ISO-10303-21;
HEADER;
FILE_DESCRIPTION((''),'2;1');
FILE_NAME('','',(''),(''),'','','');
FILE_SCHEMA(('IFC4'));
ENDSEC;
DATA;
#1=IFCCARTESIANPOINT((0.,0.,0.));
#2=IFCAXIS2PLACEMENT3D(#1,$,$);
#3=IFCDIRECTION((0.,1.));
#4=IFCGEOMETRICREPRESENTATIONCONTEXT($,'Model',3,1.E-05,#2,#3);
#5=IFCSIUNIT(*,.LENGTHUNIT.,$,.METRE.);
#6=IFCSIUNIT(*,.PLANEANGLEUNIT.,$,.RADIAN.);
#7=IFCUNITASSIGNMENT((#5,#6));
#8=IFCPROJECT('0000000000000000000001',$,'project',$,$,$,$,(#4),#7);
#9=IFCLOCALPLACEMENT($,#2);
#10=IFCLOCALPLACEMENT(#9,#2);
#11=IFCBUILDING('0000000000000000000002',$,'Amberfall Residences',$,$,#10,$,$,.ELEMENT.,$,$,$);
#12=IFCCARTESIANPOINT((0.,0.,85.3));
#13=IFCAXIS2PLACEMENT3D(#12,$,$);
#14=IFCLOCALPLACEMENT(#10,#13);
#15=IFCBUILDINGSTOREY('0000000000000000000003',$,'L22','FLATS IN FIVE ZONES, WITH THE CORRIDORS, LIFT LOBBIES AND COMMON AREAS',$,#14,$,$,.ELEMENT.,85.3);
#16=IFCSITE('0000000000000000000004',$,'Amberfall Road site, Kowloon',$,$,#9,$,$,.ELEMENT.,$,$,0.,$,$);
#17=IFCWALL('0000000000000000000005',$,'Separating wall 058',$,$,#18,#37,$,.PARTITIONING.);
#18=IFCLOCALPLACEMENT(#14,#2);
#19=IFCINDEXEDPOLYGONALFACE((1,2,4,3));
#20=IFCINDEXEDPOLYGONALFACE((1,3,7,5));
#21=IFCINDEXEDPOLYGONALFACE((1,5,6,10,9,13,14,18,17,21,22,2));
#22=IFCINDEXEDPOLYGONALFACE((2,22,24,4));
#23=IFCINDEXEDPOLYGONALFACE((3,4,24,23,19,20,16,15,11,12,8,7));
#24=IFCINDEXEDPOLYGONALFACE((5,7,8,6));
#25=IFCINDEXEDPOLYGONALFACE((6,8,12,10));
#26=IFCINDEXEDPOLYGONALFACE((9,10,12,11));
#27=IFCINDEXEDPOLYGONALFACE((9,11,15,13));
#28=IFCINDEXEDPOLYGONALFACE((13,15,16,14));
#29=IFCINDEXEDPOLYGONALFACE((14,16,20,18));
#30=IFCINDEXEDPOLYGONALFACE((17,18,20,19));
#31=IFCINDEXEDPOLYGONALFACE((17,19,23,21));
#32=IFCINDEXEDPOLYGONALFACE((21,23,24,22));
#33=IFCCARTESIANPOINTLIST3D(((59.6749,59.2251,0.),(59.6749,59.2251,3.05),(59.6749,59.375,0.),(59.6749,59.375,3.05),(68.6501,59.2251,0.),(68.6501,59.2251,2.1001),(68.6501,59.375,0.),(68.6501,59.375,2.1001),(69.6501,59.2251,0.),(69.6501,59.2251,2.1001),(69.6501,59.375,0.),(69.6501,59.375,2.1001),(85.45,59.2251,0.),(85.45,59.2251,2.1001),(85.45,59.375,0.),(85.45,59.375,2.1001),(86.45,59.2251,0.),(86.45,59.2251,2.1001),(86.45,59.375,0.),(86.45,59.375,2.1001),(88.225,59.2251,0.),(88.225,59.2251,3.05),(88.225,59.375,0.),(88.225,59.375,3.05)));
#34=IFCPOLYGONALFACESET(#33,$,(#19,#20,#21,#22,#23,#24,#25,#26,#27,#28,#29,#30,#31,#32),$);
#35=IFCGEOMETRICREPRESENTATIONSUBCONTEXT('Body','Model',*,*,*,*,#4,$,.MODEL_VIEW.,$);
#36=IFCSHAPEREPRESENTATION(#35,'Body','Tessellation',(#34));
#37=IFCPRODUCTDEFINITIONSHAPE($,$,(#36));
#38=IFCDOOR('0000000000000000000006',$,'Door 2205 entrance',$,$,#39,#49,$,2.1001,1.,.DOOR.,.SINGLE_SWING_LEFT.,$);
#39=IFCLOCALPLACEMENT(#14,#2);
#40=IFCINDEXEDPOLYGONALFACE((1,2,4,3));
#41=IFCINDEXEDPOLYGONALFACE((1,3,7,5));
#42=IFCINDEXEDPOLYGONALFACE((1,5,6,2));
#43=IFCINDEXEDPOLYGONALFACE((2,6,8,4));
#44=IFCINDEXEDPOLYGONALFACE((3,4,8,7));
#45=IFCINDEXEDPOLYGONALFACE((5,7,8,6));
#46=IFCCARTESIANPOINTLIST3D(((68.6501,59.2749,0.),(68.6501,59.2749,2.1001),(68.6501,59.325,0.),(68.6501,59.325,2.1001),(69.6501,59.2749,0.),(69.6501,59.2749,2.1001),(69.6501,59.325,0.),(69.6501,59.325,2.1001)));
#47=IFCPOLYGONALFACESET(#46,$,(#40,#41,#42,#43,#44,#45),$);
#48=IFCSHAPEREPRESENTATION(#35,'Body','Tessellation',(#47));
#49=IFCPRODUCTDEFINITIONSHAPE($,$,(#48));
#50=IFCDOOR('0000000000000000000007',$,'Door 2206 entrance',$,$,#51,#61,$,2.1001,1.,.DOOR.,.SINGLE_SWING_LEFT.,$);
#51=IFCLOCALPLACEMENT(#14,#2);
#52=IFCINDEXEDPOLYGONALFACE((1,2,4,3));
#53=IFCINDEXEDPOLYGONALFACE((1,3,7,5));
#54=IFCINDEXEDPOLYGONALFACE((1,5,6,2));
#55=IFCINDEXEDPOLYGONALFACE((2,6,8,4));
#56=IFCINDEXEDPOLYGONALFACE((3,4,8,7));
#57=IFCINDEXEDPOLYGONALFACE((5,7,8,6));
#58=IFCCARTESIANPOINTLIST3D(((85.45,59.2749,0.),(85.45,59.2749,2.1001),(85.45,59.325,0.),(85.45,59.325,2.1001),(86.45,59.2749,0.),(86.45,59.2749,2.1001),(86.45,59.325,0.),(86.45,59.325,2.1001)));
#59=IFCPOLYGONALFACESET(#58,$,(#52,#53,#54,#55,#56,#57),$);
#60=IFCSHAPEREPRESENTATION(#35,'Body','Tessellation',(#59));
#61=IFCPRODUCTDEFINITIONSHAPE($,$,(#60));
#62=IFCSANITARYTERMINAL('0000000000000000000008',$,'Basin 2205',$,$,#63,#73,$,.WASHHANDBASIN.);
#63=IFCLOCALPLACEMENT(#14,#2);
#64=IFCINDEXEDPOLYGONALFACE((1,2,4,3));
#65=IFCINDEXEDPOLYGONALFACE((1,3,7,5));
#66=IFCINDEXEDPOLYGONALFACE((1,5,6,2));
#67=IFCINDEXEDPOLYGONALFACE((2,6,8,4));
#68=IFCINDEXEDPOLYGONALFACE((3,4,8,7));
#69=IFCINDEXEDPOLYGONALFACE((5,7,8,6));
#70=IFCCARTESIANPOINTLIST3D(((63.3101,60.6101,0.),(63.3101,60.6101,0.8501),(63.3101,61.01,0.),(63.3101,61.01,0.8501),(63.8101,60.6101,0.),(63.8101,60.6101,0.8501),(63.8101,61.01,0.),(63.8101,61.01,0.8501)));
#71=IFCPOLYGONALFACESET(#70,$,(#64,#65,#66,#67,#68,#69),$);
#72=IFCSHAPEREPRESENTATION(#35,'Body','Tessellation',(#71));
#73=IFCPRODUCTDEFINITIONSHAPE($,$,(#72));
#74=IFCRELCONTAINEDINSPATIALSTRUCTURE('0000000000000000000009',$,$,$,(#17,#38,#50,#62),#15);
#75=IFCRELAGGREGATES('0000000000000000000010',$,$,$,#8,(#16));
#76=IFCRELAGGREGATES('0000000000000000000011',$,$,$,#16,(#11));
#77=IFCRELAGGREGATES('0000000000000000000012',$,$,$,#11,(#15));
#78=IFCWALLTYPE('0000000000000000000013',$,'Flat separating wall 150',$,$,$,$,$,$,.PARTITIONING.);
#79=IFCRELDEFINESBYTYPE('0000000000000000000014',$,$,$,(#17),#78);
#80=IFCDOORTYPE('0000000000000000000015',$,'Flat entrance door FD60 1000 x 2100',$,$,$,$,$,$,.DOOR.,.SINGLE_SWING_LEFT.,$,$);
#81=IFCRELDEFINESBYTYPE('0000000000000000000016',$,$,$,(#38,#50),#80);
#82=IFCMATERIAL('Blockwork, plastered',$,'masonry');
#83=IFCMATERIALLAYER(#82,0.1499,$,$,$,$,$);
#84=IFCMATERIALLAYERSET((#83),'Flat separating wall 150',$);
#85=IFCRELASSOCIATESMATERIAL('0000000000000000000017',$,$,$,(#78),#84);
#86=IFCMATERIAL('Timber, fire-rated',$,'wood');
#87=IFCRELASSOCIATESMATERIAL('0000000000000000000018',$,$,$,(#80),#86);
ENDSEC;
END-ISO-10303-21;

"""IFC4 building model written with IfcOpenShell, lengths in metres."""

from ifc_helpers import new_model, si_unit, direction, frame, frame_2d, origin, origin_2d, place, context, subcontext, project, spatial, rectangle, extrude, material, layer, layer_set, type_object, element, fill, save


model = new_model("IFC4")

# Units and contexts
model_context = context("Model", 3, precision=1e-05, world=origin(), true_north=direction((0.0, 1.0)))
body_context = subcontext(model_context, "Body", "Model", "MODEL_VIEW")
ifc_project = project(units=[si_unit("LENGTHUNIT", "METRE"), si_unit("PLANEANGLEUNIT", "RADIAN")], contexts=[model_context])

# Site, building, storey
site_placement = place(None, origin())
site = spatial("IfcSite", under=ifc_project, at=site_placement, Name="Amberfall Road site, Kowloon", CompositionType="ELEMENT", RefElevation=0.0)
building_placement = place(site_placement, origin())
building = spatial("IfcBuilding", under=site, at=building_placement, Name="Amberfall Residences", CompositionType="ELEMENT")
storey_placement = place(building_placement, frame((0.0, 0.0, 85.3)))
storey = spatial("IfcBuildingStorey", under=building, at=storey_placement, Name="L22", Description="FLATS IN FIVE ZONES, WITH THE CORRIDORS, LIFT LOBBIES AND COMMON AREAS", CompositionType="ELEMENT", Elevation=85.3)

# Shared definitions
ifc_material_1 = material(Name="Blockwork, plastered", Category="masonry")
ifc_layer_1 = layer(ifc_material_1, 0.1499)
ifc_layer_set_1 = layer_set([ifc_layer_1], Name="Flat separating wall 150")
wall_type_1 = type_object("IfcWallType", Name="Flat separating wall 150", PredefinedType="PARTITIONING", material=ifc_layer_set_1)

# Wall, openings, doors
wall_1_placement = place(storey_placement, frame((59.675, 59.3, 0.0), z_axis=(0.0, 0.0, 1.0), x_axis=(1.0, 0.0, 0.0)))
wall_1 = element("IfcWall", 1, at=wall_1_placement, inside=storey, type_object=wall_type_1, Name="Separating wall 058", PredefinedType="PARTITIONING", context=body_context, shape_type="SweptSolid", body=[
    extrude(rectangle(XDim=28.55, YDim=0.1499, at=frame_2d((14.2749, 0.0))), origin(), (0.0, 0.0, 1.0), 3.05),
])
opening_1_placement = place(wall_1_placement, frame((8.9751, 0.0, 0.0)))
opening_1 = element("IfcOpeningElement", 2, at=opening_1_placement, cuts=wall_1, PredefinedType="OPENING", context=body_context, shape_type="SweptSolid", body=[
    extrude(rectangle(XDim=1.0, YDim=2.1001, at=frame_2d((0.5, 1.05))), frame((0.0, 0.085, 0.0), z_axis=(0.0, -1.0, 0.0), x_axis=(1.0, 0.0, 0.0)), (0.0, 0.0, 1.0), 0.1699),
])
opening_2_placement = place(wall_1_placement, frame((25.7749, 0.0, 0.0)))
opening_2 = element("IfcOpeningElement", 3, at=opening_2_placement, cuts=wall_1, PredefinedType="OPENING", context=body_context, shape_type="SweptSolid", body=[
    extrude(rectangle(XDim=1.0, YDim=2.1001, at=frame_2d((0.5, 1.05))), frame((0.0, 0.085, 0.0), z_axis=(0.0, -1.0, 0.0), x_axis=(1.0, 0.0, 0.0)), (0.0, 0.0, 1.0), 0.1699),
])
ifc_material_2 = material(Name="Timber, fire-rated", Category="wood")
door_type_1 = type_object("IfcDoorType", Name="Flat entrance door FD60 1000 x 2100", OperationType="SINGLE_SWING_LEFT", PredefinedType="DOOR", material=ifc_material_2)
door_1_placement = place(opening_1_placement, origin())
door_1 = element("IfcDoor", 4, at=door_1_placement, inside=storey, type_object=door_type_1, Name="Door 2205 entrance", OperationType="SINGLE_SWING_LEFT", OverallHeight=2.1001, OverallWidth=1.0, PredefinedType="DOOR", context=body_context, shape_type="SweptSolid", body=[
    extrude(rectangle(XDim=1.0, YDim=2.1001, at=frame_2d((0.5, 1.05))), frame((0.0, 0.0249, 0.0), z_axis=(0.0, -1.0, 0.0), x_axis=(1.0, 0.0, 0.0)), (0.0, 0.0, 1.0), 0.05),
])
fill(opening_1, door_1)
door_2_placement = place(opening_2_placement, origin())
door_2 = element("IfcDoor", 5, at=door_2_placement, inside=storey, type_object=door_type_1, Name="Door 2206 entrance", OperationType="SINGLE_SWING_LEFT", OverallHeight=2.1001, OverallWidth=1.0, PredefinedType="DOOR", context=body_context, shape_type="SweptSolid", body=[
    extrude(rectangle(XDim=1.0, YDim=2.1001, at=frame_2d((0.5, 1.05))), frame((0.0, 0.0249, 0.0), z_axis=(0.0, -1.0, 0.0), x_axis=(1.0, 0.0, 0.0)), (0.0, 0.0, 1.0), 0.05),
])
fill(opening_2, door_2)

# Sanitary terminal
sanitary_terminal_placement = place(storey_placement, frame((63.5601, 60.8101, 0.0), z_axis=(0.0, 0.0, 1.0), x_axis=(1.0, 0.0, 0.0)))
element("IfcSanitaryTerminal", 6, at=sanitary_terminal_placement, inside=storey, Name="Basin 2205", PredefinedType="WASHHANDBASIN", context=body_context, shape_type="SweptSolid", body=[
    extrude(rectangle(XDim=0.5, YDim=0.3999, at=origin_2d()), origin(), (0.0, 0.0, 1.0), 0.8501),
])

save(model, "model.ifc")
